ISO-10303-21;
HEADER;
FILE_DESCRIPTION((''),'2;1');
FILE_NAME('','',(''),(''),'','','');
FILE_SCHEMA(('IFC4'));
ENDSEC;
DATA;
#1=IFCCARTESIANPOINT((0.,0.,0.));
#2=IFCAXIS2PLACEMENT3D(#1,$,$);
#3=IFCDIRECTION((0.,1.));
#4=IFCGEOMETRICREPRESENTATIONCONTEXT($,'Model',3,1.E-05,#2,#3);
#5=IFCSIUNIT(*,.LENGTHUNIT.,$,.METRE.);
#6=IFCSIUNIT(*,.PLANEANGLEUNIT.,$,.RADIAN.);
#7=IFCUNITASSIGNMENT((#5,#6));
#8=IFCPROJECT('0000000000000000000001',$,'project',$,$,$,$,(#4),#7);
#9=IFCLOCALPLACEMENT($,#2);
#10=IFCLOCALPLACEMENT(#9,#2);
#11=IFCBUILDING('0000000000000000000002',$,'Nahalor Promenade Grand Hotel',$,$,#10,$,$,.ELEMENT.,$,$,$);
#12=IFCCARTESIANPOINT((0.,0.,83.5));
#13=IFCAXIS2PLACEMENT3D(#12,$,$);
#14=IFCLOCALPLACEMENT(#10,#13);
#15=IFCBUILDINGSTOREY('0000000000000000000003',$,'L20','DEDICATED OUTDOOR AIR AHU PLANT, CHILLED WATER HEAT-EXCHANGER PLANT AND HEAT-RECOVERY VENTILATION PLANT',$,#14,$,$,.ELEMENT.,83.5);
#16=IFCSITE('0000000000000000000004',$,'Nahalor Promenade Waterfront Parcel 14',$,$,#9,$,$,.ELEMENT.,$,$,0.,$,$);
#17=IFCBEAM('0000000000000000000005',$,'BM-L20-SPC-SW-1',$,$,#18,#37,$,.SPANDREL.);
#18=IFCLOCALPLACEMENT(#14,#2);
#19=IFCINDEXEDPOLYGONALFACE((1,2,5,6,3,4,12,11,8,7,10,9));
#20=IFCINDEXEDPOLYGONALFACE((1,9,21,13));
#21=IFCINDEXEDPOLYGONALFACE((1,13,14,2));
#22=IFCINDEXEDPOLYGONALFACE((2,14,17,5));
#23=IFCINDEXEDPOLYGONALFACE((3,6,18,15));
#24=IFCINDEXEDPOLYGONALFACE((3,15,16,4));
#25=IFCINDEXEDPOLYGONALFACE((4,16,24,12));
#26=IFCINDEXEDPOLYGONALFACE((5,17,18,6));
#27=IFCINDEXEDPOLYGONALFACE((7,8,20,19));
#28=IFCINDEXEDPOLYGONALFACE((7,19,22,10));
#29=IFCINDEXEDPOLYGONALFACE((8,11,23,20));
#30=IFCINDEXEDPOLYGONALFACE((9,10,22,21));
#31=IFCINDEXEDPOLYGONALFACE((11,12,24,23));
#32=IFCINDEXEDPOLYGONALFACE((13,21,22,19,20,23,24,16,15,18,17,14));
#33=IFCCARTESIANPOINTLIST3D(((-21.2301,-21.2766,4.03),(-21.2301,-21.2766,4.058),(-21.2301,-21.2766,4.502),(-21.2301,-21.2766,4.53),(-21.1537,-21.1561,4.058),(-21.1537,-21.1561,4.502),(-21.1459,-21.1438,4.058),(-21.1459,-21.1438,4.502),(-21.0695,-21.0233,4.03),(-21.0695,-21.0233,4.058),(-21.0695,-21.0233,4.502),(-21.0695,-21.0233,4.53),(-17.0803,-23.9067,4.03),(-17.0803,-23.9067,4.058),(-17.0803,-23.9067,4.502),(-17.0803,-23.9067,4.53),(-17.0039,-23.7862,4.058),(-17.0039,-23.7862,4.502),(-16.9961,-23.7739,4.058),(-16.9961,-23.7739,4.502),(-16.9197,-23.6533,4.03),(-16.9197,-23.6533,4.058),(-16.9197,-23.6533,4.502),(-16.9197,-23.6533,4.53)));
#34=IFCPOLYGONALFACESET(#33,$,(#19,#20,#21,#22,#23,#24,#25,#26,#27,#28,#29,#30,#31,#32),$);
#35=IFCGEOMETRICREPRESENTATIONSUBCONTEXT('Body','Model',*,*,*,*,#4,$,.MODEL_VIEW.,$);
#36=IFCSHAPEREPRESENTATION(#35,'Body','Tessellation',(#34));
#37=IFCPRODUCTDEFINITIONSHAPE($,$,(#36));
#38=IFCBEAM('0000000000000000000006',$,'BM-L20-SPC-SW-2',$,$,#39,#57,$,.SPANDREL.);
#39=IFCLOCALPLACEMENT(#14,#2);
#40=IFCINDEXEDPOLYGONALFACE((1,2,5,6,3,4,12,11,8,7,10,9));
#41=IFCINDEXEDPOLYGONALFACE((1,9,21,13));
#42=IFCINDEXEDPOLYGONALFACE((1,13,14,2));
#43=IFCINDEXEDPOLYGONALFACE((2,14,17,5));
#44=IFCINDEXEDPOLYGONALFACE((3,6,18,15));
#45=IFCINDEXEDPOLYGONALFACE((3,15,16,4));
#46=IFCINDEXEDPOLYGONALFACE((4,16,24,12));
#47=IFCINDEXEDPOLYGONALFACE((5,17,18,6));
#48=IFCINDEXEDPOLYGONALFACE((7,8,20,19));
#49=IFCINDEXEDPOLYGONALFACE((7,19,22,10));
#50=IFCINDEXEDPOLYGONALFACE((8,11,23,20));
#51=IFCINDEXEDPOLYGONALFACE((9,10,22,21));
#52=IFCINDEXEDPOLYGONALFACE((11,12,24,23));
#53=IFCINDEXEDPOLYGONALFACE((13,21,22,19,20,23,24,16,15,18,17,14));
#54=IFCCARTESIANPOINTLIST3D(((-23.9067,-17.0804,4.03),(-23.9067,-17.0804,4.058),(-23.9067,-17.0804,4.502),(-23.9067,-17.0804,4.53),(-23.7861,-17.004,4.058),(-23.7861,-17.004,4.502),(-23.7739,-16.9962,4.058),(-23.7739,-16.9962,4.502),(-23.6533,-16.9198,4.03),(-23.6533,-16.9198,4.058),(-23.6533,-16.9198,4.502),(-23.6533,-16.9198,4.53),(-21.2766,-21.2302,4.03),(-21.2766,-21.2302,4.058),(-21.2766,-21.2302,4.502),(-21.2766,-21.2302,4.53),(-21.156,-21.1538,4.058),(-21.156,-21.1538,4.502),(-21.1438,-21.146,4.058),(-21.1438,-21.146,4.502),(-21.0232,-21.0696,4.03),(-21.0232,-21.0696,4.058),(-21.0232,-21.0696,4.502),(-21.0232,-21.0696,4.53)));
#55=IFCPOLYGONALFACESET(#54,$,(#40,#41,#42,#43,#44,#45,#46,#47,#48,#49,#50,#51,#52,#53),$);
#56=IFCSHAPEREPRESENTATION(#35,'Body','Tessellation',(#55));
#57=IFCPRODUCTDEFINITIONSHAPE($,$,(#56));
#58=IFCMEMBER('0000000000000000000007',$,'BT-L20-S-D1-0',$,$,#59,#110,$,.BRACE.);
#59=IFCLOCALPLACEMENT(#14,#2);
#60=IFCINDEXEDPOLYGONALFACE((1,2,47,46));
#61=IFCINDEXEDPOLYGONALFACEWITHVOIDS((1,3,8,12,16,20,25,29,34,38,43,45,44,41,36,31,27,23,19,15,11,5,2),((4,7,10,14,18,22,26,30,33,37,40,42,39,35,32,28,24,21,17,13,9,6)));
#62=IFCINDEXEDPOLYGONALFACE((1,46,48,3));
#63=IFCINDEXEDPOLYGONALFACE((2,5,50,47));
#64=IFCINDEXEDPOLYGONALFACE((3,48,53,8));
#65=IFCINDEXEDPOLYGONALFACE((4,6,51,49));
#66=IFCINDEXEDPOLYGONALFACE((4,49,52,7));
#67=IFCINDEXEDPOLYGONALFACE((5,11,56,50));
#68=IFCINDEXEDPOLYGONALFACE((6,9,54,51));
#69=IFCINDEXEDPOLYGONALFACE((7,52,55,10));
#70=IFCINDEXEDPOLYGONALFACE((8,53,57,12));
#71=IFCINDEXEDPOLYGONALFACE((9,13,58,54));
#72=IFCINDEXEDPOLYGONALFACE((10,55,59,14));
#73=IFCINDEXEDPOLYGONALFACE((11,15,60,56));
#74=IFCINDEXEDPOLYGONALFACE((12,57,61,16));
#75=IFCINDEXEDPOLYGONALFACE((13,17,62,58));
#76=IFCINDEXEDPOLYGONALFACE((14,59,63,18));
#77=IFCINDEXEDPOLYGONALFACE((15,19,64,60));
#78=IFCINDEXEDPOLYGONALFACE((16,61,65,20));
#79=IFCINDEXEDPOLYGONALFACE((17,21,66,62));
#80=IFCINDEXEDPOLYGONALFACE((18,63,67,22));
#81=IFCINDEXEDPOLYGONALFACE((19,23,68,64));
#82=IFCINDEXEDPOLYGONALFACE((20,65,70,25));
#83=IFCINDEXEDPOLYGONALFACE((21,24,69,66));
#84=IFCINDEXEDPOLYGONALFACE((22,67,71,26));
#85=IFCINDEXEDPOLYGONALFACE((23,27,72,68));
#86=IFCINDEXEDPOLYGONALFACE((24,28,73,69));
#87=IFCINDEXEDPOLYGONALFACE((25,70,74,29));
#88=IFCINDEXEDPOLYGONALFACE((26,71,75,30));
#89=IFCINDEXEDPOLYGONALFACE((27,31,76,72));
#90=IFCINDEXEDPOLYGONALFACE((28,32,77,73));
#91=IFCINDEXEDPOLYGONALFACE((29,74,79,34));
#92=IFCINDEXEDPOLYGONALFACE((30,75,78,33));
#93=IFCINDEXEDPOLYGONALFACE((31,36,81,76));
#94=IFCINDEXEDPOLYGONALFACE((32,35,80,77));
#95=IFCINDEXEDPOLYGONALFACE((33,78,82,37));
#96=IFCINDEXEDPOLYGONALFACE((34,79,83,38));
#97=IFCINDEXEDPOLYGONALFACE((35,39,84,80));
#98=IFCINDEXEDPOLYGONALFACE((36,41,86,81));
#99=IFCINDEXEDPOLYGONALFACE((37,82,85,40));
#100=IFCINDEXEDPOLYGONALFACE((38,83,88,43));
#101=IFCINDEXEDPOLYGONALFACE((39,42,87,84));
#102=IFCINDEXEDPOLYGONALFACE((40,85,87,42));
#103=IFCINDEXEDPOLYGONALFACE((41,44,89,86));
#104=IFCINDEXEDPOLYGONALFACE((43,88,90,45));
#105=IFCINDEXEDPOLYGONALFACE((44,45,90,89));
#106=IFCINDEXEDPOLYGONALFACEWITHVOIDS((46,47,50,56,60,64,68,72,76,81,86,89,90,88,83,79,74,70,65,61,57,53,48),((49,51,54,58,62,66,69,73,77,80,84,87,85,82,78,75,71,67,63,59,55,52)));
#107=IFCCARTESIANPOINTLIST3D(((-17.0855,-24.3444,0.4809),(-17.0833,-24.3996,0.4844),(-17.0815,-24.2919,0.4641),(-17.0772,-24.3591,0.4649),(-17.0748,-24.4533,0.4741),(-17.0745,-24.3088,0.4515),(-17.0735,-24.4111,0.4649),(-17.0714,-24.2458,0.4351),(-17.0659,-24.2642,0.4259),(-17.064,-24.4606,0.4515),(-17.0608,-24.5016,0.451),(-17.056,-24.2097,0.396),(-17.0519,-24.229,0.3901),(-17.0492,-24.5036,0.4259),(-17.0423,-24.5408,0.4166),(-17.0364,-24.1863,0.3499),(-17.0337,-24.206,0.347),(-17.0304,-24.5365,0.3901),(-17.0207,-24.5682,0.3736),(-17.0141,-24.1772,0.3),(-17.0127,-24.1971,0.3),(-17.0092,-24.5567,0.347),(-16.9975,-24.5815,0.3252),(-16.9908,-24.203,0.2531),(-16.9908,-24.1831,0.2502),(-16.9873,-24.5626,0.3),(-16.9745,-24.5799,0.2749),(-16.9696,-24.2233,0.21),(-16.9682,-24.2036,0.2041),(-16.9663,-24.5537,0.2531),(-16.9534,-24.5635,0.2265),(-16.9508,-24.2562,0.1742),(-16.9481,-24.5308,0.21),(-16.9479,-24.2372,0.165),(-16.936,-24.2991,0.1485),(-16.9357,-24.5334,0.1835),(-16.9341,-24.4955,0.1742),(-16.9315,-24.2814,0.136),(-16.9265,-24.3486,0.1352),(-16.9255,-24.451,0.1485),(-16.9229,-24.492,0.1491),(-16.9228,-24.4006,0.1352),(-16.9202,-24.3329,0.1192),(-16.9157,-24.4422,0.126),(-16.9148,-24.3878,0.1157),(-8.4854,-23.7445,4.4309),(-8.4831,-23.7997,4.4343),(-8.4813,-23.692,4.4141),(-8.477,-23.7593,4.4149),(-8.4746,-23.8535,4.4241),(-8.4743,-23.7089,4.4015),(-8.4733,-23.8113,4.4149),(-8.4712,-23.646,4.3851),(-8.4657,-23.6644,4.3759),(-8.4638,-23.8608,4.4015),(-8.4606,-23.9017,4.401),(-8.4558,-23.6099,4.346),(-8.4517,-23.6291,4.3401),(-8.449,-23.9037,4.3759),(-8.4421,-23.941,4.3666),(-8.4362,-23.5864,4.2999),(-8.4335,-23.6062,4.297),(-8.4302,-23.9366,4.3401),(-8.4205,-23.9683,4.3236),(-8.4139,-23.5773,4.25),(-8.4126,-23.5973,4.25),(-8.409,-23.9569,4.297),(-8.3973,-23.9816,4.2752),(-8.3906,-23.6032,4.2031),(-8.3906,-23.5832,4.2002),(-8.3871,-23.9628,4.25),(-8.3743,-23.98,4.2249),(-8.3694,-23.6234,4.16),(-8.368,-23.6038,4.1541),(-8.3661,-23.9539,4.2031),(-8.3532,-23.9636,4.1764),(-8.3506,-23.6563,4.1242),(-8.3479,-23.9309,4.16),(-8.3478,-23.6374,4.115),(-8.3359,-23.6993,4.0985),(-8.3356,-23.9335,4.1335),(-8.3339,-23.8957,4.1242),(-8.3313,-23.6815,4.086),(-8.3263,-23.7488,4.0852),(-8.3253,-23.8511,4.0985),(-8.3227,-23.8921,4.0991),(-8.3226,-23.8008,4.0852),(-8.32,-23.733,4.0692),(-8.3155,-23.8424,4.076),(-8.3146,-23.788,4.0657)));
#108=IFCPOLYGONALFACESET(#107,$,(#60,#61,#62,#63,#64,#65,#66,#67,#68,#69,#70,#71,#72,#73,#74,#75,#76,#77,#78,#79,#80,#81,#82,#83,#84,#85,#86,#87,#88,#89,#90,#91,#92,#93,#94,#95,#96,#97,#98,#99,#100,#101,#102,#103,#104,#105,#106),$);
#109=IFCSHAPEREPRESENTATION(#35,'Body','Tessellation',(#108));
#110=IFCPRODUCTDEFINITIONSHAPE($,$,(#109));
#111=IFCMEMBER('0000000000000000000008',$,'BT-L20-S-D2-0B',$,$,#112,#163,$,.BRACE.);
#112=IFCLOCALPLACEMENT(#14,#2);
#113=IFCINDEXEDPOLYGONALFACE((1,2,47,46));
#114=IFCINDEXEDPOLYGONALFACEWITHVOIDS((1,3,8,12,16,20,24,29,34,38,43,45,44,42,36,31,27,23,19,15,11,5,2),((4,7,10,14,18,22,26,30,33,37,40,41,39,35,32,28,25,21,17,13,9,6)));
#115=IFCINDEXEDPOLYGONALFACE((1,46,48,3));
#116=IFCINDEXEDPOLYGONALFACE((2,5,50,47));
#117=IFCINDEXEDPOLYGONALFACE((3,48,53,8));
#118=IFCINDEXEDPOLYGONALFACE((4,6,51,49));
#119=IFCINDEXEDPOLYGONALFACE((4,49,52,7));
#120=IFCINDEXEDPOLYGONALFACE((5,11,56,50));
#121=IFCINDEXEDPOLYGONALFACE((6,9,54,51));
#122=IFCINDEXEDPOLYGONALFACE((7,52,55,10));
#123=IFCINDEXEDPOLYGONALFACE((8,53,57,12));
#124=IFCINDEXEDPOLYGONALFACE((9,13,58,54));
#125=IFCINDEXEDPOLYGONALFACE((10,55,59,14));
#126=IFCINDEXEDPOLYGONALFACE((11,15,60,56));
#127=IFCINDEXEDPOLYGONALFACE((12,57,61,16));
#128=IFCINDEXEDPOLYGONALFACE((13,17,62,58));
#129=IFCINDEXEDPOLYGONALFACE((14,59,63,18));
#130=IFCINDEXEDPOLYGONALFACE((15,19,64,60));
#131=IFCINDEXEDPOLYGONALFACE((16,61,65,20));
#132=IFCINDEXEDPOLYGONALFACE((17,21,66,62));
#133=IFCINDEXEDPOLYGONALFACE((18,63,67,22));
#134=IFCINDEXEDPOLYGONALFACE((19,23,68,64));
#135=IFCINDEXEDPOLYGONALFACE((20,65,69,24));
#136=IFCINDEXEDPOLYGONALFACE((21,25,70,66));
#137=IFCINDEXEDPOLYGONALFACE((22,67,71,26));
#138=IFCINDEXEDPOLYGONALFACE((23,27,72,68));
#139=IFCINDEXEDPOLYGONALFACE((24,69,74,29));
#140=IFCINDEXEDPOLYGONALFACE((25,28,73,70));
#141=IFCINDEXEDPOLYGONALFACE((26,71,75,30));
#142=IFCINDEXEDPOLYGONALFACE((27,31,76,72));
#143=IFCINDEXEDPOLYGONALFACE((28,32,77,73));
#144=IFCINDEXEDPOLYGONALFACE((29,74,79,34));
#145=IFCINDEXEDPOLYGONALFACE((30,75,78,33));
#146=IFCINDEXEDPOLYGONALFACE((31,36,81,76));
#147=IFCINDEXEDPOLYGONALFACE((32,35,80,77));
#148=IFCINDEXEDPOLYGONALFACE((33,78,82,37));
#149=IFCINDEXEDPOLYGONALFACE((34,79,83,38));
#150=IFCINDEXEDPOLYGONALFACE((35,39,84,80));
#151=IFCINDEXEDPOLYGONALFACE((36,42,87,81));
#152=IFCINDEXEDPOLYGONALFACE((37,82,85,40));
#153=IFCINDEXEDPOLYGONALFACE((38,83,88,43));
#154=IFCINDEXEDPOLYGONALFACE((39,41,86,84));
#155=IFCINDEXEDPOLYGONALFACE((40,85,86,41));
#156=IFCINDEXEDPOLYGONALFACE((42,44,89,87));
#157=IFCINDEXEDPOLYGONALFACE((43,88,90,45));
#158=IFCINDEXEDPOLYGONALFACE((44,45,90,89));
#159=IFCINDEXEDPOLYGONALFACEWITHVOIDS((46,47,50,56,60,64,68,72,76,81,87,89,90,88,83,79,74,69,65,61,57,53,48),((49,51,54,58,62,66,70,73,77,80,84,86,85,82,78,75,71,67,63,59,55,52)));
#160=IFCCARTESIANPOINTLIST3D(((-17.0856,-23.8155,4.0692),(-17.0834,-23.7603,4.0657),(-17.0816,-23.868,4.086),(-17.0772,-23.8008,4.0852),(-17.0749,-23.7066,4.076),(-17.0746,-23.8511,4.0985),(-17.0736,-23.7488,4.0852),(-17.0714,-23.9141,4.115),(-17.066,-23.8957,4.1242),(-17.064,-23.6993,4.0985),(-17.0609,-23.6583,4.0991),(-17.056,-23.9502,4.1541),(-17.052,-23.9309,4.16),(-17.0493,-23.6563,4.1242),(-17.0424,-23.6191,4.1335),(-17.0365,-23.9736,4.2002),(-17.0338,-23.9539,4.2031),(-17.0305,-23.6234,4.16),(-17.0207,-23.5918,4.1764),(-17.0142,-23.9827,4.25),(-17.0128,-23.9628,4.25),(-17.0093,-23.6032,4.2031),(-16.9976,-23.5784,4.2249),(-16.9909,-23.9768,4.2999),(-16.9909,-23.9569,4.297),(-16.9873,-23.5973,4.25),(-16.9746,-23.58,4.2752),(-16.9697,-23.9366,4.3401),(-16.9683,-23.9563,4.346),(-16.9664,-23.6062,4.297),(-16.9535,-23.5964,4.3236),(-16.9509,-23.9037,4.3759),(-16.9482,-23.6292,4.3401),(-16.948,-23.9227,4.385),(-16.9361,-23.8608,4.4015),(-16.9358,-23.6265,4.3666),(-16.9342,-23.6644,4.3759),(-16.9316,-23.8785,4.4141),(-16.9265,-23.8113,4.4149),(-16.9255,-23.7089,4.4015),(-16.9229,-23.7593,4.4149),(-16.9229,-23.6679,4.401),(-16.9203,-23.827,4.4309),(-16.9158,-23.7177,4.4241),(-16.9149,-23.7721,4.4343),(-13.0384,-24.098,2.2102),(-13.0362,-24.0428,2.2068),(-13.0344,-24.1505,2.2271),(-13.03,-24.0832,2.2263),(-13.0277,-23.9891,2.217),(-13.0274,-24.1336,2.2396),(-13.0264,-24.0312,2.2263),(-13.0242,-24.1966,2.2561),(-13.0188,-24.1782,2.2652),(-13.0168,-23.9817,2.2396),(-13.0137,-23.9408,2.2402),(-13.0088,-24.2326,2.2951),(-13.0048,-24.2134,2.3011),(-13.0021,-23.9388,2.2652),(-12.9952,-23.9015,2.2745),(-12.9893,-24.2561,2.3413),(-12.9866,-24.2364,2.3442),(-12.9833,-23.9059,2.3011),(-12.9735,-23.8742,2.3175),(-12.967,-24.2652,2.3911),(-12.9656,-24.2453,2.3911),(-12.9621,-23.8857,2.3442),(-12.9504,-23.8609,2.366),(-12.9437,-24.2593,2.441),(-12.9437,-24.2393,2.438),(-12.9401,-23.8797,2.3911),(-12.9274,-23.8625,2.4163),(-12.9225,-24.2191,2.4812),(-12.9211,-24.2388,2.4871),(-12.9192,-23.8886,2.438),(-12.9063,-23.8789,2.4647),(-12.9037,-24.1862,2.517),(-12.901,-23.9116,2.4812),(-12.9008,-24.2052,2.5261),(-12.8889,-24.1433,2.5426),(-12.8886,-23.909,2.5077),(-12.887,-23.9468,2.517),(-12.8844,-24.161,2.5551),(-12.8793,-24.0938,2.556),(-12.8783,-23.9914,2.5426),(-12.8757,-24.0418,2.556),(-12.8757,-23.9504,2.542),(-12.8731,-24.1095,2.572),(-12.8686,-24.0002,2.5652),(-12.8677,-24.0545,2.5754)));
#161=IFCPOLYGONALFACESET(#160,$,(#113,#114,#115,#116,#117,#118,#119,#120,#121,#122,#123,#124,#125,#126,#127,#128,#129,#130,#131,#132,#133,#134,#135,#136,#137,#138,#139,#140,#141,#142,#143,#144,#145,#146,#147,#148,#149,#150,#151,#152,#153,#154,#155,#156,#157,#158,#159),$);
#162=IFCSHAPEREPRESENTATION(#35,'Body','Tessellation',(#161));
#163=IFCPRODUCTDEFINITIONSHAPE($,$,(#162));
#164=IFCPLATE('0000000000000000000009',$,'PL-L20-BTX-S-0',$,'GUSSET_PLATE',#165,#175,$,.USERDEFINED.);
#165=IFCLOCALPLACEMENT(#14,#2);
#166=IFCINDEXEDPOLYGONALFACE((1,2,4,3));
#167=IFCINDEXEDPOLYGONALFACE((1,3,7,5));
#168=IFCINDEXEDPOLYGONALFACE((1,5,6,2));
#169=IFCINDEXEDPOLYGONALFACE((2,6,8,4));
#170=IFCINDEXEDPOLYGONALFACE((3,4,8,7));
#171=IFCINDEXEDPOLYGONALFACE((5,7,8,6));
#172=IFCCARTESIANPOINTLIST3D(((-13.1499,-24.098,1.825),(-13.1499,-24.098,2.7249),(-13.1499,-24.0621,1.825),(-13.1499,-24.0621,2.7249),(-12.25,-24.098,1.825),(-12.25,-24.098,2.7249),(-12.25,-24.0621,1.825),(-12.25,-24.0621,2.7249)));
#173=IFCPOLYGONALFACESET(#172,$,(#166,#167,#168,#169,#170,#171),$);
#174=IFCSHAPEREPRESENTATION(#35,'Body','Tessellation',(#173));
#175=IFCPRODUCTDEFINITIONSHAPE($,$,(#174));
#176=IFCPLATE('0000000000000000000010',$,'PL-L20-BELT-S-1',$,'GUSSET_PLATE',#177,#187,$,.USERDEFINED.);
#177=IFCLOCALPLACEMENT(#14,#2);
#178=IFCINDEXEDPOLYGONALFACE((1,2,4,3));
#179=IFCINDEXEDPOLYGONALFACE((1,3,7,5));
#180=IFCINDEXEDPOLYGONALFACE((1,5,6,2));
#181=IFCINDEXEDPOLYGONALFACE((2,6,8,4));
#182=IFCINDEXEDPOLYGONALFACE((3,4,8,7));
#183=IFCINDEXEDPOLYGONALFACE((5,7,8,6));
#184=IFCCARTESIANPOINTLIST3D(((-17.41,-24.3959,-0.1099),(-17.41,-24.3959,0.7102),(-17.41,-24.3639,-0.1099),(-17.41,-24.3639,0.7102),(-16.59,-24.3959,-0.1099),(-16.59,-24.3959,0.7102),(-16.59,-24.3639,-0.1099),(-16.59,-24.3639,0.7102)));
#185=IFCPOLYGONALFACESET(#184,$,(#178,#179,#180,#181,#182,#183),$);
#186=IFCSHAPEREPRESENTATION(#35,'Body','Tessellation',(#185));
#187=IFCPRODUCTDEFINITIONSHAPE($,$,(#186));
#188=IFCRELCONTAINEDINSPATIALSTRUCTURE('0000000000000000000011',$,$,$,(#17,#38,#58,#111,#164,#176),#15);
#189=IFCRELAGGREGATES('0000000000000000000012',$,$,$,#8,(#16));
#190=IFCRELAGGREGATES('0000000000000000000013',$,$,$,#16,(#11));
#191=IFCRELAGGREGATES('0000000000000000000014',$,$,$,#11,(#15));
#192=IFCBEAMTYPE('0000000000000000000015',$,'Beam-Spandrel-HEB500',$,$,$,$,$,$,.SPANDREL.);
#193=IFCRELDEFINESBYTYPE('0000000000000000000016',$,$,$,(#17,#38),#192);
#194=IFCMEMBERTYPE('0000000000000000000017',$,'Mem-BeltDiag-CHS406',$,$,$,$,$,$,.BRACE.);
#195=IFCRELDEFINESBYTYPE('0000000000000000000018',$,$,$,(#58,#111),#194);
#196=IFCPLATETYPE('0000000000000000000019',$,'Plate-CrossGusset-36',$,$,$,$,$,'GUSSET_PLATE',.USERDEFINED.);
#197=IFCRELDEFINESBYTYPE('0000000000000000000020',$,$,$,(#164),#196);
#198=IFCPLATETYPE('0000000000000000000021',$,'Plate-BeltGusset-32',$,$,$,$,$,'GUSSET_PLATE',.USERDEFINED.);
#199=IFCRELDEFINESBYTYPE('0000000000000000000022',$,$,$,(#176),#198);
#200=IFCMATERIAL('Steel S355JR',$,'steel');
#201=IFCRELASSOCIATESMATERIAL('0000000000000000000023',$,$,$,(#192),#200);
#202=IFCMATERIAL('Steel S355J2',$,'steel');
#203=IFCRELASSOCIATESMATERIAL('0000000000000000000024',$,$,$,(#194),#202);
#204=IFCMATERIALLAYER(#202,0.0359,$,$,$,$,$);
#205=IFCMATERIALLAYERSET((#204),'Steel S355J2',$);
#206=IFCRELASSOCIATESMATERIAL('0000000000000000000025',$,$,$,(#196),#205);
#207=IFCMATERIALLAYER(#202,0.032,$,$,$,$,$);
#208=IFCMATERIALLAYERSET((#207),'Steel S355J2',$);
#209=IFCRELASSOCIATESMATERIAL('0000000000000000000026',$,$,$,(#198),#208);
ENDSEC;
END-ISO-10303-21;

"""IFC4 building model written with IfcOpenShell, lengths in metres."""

from ifc_helpers import new_model, si_unit, direction, frame, origin, origin_2d, place, context, subcontext, project, spatial, rectangle, hollow_circle, i_section, extrude, source, transform, mapped, material, layer, layer_set, material_profile, profile_set, type_object, element, save


model = new_model("IFC4")

# Units and contexts
model_context = context("Model", 3, precision=1e-05, world=origin(), true_north=direction((0.0, 1.0)))
body_context = subcontext(model_context, "Body", "Model", "MODEL_VIEW")
ifc_project = project(units=[si_unit("LENGTHUNIT", "METRE"), si_unit("PLANEANGLEUNIT", "RADIAN")], contexts=[model_context])

# Site, building, storey
site_placement = place(None, origin())
site = spatial("IfcSite", under=ifc_project, at=site_placement, Name="Nahalor Promenade Waterfront Parcel 14", CompositionType="ELEMENT", RefElevation=0.0)
building_placement = place(site_placement, origin())
building = spatial("IfcBuilding", under=site, at=building_placement, Name="Nahalor Promenade Grand Hotel", CompositionType="ELEMENT")
storey_placement = place(building_placement, frame((0.0, 0.0, 83.5)))
storey = spatial("IfcBuildingStorey", under=building, at=storey_placement, Name="L20", Description="DEDICATED OUTDOOR AIR AHU PLANT, CHILLED WATER HEAT-EXCHANGER PLANT AND HEAT-RECOVERY VENTILATION PLANT", CompositionType="ELEMENT", Elevation=83.5)

# Shared definitions
ifc_material_1 = material(Name="Steel S355J2", Category="steel")

# Beams
ifc_material_2 = material(Name="Steel S355JR", Category="steel")
ifc_material_profile_1 = material_profile(ifc_material_2, i_section(OverallWidth=0.3, OverallDepth=0.5, WebThickness=0.0145, FlangeThickness=0.028, at=origin_2d()), Name="HEB 500")
ifc_profile_set_1 = profile_set([ifc_material_profile_1], Name="Steel S355JR")
beam_type_1 = type_object("IfcBeamType", Name="Beam-Spandrel-HEB500", PredefinedType="SPANDREL", material=ifc_profile_set_1)
shared_shape_1 = source(origin(), body_context, "Body", "SweptSolid", [
    extrude(i_section(OverallWidth=0.3, OverallDepth=0.5, WebThickness=0.0145, FlangeThickness=0.028, at=origin_2d()), origin(), (0.0, 0.0, 1.0), 4.9131),
])
for number, where, z_axis, x_axis, name in (
    (1, (-17.0, -23.78, 4.28), (-0.844648, 0.535322, 0.0), (-0.535322, -0.844648, 0.0), "BM-L20-SPC-SW-1"),
    (2, (-21.1499, -21.1499, 4.28), (-0.535322, 0.844648, 0.0), (-0.844648, -0.535322, 0.0), "BM-L20-SPC-SW-2"),
):
    element("IfcBeam", number, at=place(storey_placement, frame(where, z_axis=z_axis, x_axis=x_axis)), inside=storey, type_object=beam_type_1, Name=name, PredefinedType="SPANDREL", context=body_context, shape_type="MappedRepresentation", body=[
        mapped(shared_shape_1, transform((0.0, 0.0, 0.0), scale=1.0)),
    ])

# Members
ifc_material_profile_2 = material_profile(ifc_material_1, hollow_circle(Radius=0.2032, WallThickness=0.02, at=origin_2d()), Name="CHS 406.4x20")
ifc_profile_set_2 = profile_set([ifc_material_profile_2], Name="Steel S355J2")
member_type = type_object("IfcMemberType", Name="Mem-BeltDiag-CHS406", PredefinedType="BRACE", material=ifc_profile_set_2)
shared_shape_2 = source(origin(), body_context, "Body", "SweptSolid", [
    extrude(hollow_circle(Radius=0.2032, WallThickness=0.02, at=origin_2d()), origin(), (0.0, 0.0, 1.0), 9.4829),
])
member_1_placement = place(storey_placement, frame((-17.0, -24.3799, 0.3), z_axis=(0.906915, 0.063257, 0.416538), x_axis=(-0.069581, 0.997576, 0.0)))
element("IfcMember", 3, at=member_1_placement, inside=storey, type_object=member_type, Name="BT-L20-S-D1-0", PredefinedType="BRACE", context=body_context, shape_type="MappedRepresentation", body=[
    mapped(shared_shape_2, transform((0.0, 0.0, 0.0), scale=1.0)),
])
shared_shape_3 = source(origin(), body_context, "Body", "SweptSolid", [
    extrude(hollow_circle(Radius=0.2032, WallThickness=0.02, at=origin_2d()), origin(), (0.0, 0.0, 1.0), 4.4626),
])
member_2_placement = place(storey_placement, frame((-12.9529, -24.0625, 2.3911), z_axis=(-0.906906, 0.063298, 0.416552), x_axis=(-0.069626, -0.997573, 0.0)))
element("IfcMember", 4, at=member_2_placement, inside=storey, type_object=member_type, Name="BT-L20-S-D2-0B", PredefinedType="BRACE", context=body_context, shape_type="MappedRepresentation", body=[
    mapped(shared_shape_3, transform((0.0, 0.0, 0.0), scale=1.0)),
])

# Plates
ifc_layer_1 = layer(ifc_material_1, 0.0359)
ifc_layer_set_1 = layer_set([ifc_layer_1], Name="Steel S355J2")
plate_type_1 = type_object("IfcPlateType", Name="Plate-CrossGusset-36", ElementType="GUSSET_PLATE", PredefinedType="USERDEFINED", material=ifc_layer_set_1)
shared_shape_4 = source(origin(), body_context, "Body", "SweptSolid", [
    extrude(rectangle(XDim=0.8999, YDim=0.0359, at=origin_2d()), origin(), (0.0, 0.0, 1.0), 0.8999),
])
plate_1_placement = place(storey_placement, frame((-12.7, -24.0801, 1.825), z_axis=(0.0, 0.0, 1.0), x_axis=(1.0, 0.0, 0.0)))
element("IfcPlate", 5, at=plate_1_placement, inside=storey, type_object=plate_type_1, Name="PL-L20-BTX-S-0", ObjectType="GUSSET_PLATE", PredefinedType="USERDEFINED", context=body_context, shape_type="MappedRepresentation", body=[
    mapped(shared_shape_4, transform((0.0, 0.0, 0.0), scale=1.0)),
])
ifc_layer_2 = layer(ifc_material_1, 0.032)
ifc_layer_set_2 = layer_set([ifc_layer_2], Name="Steel S355J2")
plate_type_2 = type_object("IfcPlateType", Name="Plate-BeltGusset-32", ElementType="GUSSET_PLATE", PredefinedType="USERDEFINED", material=ifc_layer_set_2)
shared_shape_5 = source(origin(), body_context, "Body", "SweptSolid", [
    extrude(rectangle(XDim=0.8201, YDim=0.032, at=origin_2d()), origin(), (0.0, 0.0, 1.0), 0.8201),
])
plate_2_placement = place(storey_placement, frame((-17.0, -24.3799, -0.1099), z_axis=(0.0, 0.0, 1.0), x_axis=(1.0, 0.0, 0.0)))
element("IfcPlate", 6, at=plate_2_placement, inside=storey, type_object=plate_type_2, Name="PL-L20-BELT-S-1", ObjectType="GUSSET_PLATE", PredefinedType="USERDEFINED", context=body_context, shape_type="MappedRepresentation", body=[
    mapped(shared_shape_5, transform((0.0, 0.0, 0.0), scale=1.0)),
])

save(model, "model.ifc")
